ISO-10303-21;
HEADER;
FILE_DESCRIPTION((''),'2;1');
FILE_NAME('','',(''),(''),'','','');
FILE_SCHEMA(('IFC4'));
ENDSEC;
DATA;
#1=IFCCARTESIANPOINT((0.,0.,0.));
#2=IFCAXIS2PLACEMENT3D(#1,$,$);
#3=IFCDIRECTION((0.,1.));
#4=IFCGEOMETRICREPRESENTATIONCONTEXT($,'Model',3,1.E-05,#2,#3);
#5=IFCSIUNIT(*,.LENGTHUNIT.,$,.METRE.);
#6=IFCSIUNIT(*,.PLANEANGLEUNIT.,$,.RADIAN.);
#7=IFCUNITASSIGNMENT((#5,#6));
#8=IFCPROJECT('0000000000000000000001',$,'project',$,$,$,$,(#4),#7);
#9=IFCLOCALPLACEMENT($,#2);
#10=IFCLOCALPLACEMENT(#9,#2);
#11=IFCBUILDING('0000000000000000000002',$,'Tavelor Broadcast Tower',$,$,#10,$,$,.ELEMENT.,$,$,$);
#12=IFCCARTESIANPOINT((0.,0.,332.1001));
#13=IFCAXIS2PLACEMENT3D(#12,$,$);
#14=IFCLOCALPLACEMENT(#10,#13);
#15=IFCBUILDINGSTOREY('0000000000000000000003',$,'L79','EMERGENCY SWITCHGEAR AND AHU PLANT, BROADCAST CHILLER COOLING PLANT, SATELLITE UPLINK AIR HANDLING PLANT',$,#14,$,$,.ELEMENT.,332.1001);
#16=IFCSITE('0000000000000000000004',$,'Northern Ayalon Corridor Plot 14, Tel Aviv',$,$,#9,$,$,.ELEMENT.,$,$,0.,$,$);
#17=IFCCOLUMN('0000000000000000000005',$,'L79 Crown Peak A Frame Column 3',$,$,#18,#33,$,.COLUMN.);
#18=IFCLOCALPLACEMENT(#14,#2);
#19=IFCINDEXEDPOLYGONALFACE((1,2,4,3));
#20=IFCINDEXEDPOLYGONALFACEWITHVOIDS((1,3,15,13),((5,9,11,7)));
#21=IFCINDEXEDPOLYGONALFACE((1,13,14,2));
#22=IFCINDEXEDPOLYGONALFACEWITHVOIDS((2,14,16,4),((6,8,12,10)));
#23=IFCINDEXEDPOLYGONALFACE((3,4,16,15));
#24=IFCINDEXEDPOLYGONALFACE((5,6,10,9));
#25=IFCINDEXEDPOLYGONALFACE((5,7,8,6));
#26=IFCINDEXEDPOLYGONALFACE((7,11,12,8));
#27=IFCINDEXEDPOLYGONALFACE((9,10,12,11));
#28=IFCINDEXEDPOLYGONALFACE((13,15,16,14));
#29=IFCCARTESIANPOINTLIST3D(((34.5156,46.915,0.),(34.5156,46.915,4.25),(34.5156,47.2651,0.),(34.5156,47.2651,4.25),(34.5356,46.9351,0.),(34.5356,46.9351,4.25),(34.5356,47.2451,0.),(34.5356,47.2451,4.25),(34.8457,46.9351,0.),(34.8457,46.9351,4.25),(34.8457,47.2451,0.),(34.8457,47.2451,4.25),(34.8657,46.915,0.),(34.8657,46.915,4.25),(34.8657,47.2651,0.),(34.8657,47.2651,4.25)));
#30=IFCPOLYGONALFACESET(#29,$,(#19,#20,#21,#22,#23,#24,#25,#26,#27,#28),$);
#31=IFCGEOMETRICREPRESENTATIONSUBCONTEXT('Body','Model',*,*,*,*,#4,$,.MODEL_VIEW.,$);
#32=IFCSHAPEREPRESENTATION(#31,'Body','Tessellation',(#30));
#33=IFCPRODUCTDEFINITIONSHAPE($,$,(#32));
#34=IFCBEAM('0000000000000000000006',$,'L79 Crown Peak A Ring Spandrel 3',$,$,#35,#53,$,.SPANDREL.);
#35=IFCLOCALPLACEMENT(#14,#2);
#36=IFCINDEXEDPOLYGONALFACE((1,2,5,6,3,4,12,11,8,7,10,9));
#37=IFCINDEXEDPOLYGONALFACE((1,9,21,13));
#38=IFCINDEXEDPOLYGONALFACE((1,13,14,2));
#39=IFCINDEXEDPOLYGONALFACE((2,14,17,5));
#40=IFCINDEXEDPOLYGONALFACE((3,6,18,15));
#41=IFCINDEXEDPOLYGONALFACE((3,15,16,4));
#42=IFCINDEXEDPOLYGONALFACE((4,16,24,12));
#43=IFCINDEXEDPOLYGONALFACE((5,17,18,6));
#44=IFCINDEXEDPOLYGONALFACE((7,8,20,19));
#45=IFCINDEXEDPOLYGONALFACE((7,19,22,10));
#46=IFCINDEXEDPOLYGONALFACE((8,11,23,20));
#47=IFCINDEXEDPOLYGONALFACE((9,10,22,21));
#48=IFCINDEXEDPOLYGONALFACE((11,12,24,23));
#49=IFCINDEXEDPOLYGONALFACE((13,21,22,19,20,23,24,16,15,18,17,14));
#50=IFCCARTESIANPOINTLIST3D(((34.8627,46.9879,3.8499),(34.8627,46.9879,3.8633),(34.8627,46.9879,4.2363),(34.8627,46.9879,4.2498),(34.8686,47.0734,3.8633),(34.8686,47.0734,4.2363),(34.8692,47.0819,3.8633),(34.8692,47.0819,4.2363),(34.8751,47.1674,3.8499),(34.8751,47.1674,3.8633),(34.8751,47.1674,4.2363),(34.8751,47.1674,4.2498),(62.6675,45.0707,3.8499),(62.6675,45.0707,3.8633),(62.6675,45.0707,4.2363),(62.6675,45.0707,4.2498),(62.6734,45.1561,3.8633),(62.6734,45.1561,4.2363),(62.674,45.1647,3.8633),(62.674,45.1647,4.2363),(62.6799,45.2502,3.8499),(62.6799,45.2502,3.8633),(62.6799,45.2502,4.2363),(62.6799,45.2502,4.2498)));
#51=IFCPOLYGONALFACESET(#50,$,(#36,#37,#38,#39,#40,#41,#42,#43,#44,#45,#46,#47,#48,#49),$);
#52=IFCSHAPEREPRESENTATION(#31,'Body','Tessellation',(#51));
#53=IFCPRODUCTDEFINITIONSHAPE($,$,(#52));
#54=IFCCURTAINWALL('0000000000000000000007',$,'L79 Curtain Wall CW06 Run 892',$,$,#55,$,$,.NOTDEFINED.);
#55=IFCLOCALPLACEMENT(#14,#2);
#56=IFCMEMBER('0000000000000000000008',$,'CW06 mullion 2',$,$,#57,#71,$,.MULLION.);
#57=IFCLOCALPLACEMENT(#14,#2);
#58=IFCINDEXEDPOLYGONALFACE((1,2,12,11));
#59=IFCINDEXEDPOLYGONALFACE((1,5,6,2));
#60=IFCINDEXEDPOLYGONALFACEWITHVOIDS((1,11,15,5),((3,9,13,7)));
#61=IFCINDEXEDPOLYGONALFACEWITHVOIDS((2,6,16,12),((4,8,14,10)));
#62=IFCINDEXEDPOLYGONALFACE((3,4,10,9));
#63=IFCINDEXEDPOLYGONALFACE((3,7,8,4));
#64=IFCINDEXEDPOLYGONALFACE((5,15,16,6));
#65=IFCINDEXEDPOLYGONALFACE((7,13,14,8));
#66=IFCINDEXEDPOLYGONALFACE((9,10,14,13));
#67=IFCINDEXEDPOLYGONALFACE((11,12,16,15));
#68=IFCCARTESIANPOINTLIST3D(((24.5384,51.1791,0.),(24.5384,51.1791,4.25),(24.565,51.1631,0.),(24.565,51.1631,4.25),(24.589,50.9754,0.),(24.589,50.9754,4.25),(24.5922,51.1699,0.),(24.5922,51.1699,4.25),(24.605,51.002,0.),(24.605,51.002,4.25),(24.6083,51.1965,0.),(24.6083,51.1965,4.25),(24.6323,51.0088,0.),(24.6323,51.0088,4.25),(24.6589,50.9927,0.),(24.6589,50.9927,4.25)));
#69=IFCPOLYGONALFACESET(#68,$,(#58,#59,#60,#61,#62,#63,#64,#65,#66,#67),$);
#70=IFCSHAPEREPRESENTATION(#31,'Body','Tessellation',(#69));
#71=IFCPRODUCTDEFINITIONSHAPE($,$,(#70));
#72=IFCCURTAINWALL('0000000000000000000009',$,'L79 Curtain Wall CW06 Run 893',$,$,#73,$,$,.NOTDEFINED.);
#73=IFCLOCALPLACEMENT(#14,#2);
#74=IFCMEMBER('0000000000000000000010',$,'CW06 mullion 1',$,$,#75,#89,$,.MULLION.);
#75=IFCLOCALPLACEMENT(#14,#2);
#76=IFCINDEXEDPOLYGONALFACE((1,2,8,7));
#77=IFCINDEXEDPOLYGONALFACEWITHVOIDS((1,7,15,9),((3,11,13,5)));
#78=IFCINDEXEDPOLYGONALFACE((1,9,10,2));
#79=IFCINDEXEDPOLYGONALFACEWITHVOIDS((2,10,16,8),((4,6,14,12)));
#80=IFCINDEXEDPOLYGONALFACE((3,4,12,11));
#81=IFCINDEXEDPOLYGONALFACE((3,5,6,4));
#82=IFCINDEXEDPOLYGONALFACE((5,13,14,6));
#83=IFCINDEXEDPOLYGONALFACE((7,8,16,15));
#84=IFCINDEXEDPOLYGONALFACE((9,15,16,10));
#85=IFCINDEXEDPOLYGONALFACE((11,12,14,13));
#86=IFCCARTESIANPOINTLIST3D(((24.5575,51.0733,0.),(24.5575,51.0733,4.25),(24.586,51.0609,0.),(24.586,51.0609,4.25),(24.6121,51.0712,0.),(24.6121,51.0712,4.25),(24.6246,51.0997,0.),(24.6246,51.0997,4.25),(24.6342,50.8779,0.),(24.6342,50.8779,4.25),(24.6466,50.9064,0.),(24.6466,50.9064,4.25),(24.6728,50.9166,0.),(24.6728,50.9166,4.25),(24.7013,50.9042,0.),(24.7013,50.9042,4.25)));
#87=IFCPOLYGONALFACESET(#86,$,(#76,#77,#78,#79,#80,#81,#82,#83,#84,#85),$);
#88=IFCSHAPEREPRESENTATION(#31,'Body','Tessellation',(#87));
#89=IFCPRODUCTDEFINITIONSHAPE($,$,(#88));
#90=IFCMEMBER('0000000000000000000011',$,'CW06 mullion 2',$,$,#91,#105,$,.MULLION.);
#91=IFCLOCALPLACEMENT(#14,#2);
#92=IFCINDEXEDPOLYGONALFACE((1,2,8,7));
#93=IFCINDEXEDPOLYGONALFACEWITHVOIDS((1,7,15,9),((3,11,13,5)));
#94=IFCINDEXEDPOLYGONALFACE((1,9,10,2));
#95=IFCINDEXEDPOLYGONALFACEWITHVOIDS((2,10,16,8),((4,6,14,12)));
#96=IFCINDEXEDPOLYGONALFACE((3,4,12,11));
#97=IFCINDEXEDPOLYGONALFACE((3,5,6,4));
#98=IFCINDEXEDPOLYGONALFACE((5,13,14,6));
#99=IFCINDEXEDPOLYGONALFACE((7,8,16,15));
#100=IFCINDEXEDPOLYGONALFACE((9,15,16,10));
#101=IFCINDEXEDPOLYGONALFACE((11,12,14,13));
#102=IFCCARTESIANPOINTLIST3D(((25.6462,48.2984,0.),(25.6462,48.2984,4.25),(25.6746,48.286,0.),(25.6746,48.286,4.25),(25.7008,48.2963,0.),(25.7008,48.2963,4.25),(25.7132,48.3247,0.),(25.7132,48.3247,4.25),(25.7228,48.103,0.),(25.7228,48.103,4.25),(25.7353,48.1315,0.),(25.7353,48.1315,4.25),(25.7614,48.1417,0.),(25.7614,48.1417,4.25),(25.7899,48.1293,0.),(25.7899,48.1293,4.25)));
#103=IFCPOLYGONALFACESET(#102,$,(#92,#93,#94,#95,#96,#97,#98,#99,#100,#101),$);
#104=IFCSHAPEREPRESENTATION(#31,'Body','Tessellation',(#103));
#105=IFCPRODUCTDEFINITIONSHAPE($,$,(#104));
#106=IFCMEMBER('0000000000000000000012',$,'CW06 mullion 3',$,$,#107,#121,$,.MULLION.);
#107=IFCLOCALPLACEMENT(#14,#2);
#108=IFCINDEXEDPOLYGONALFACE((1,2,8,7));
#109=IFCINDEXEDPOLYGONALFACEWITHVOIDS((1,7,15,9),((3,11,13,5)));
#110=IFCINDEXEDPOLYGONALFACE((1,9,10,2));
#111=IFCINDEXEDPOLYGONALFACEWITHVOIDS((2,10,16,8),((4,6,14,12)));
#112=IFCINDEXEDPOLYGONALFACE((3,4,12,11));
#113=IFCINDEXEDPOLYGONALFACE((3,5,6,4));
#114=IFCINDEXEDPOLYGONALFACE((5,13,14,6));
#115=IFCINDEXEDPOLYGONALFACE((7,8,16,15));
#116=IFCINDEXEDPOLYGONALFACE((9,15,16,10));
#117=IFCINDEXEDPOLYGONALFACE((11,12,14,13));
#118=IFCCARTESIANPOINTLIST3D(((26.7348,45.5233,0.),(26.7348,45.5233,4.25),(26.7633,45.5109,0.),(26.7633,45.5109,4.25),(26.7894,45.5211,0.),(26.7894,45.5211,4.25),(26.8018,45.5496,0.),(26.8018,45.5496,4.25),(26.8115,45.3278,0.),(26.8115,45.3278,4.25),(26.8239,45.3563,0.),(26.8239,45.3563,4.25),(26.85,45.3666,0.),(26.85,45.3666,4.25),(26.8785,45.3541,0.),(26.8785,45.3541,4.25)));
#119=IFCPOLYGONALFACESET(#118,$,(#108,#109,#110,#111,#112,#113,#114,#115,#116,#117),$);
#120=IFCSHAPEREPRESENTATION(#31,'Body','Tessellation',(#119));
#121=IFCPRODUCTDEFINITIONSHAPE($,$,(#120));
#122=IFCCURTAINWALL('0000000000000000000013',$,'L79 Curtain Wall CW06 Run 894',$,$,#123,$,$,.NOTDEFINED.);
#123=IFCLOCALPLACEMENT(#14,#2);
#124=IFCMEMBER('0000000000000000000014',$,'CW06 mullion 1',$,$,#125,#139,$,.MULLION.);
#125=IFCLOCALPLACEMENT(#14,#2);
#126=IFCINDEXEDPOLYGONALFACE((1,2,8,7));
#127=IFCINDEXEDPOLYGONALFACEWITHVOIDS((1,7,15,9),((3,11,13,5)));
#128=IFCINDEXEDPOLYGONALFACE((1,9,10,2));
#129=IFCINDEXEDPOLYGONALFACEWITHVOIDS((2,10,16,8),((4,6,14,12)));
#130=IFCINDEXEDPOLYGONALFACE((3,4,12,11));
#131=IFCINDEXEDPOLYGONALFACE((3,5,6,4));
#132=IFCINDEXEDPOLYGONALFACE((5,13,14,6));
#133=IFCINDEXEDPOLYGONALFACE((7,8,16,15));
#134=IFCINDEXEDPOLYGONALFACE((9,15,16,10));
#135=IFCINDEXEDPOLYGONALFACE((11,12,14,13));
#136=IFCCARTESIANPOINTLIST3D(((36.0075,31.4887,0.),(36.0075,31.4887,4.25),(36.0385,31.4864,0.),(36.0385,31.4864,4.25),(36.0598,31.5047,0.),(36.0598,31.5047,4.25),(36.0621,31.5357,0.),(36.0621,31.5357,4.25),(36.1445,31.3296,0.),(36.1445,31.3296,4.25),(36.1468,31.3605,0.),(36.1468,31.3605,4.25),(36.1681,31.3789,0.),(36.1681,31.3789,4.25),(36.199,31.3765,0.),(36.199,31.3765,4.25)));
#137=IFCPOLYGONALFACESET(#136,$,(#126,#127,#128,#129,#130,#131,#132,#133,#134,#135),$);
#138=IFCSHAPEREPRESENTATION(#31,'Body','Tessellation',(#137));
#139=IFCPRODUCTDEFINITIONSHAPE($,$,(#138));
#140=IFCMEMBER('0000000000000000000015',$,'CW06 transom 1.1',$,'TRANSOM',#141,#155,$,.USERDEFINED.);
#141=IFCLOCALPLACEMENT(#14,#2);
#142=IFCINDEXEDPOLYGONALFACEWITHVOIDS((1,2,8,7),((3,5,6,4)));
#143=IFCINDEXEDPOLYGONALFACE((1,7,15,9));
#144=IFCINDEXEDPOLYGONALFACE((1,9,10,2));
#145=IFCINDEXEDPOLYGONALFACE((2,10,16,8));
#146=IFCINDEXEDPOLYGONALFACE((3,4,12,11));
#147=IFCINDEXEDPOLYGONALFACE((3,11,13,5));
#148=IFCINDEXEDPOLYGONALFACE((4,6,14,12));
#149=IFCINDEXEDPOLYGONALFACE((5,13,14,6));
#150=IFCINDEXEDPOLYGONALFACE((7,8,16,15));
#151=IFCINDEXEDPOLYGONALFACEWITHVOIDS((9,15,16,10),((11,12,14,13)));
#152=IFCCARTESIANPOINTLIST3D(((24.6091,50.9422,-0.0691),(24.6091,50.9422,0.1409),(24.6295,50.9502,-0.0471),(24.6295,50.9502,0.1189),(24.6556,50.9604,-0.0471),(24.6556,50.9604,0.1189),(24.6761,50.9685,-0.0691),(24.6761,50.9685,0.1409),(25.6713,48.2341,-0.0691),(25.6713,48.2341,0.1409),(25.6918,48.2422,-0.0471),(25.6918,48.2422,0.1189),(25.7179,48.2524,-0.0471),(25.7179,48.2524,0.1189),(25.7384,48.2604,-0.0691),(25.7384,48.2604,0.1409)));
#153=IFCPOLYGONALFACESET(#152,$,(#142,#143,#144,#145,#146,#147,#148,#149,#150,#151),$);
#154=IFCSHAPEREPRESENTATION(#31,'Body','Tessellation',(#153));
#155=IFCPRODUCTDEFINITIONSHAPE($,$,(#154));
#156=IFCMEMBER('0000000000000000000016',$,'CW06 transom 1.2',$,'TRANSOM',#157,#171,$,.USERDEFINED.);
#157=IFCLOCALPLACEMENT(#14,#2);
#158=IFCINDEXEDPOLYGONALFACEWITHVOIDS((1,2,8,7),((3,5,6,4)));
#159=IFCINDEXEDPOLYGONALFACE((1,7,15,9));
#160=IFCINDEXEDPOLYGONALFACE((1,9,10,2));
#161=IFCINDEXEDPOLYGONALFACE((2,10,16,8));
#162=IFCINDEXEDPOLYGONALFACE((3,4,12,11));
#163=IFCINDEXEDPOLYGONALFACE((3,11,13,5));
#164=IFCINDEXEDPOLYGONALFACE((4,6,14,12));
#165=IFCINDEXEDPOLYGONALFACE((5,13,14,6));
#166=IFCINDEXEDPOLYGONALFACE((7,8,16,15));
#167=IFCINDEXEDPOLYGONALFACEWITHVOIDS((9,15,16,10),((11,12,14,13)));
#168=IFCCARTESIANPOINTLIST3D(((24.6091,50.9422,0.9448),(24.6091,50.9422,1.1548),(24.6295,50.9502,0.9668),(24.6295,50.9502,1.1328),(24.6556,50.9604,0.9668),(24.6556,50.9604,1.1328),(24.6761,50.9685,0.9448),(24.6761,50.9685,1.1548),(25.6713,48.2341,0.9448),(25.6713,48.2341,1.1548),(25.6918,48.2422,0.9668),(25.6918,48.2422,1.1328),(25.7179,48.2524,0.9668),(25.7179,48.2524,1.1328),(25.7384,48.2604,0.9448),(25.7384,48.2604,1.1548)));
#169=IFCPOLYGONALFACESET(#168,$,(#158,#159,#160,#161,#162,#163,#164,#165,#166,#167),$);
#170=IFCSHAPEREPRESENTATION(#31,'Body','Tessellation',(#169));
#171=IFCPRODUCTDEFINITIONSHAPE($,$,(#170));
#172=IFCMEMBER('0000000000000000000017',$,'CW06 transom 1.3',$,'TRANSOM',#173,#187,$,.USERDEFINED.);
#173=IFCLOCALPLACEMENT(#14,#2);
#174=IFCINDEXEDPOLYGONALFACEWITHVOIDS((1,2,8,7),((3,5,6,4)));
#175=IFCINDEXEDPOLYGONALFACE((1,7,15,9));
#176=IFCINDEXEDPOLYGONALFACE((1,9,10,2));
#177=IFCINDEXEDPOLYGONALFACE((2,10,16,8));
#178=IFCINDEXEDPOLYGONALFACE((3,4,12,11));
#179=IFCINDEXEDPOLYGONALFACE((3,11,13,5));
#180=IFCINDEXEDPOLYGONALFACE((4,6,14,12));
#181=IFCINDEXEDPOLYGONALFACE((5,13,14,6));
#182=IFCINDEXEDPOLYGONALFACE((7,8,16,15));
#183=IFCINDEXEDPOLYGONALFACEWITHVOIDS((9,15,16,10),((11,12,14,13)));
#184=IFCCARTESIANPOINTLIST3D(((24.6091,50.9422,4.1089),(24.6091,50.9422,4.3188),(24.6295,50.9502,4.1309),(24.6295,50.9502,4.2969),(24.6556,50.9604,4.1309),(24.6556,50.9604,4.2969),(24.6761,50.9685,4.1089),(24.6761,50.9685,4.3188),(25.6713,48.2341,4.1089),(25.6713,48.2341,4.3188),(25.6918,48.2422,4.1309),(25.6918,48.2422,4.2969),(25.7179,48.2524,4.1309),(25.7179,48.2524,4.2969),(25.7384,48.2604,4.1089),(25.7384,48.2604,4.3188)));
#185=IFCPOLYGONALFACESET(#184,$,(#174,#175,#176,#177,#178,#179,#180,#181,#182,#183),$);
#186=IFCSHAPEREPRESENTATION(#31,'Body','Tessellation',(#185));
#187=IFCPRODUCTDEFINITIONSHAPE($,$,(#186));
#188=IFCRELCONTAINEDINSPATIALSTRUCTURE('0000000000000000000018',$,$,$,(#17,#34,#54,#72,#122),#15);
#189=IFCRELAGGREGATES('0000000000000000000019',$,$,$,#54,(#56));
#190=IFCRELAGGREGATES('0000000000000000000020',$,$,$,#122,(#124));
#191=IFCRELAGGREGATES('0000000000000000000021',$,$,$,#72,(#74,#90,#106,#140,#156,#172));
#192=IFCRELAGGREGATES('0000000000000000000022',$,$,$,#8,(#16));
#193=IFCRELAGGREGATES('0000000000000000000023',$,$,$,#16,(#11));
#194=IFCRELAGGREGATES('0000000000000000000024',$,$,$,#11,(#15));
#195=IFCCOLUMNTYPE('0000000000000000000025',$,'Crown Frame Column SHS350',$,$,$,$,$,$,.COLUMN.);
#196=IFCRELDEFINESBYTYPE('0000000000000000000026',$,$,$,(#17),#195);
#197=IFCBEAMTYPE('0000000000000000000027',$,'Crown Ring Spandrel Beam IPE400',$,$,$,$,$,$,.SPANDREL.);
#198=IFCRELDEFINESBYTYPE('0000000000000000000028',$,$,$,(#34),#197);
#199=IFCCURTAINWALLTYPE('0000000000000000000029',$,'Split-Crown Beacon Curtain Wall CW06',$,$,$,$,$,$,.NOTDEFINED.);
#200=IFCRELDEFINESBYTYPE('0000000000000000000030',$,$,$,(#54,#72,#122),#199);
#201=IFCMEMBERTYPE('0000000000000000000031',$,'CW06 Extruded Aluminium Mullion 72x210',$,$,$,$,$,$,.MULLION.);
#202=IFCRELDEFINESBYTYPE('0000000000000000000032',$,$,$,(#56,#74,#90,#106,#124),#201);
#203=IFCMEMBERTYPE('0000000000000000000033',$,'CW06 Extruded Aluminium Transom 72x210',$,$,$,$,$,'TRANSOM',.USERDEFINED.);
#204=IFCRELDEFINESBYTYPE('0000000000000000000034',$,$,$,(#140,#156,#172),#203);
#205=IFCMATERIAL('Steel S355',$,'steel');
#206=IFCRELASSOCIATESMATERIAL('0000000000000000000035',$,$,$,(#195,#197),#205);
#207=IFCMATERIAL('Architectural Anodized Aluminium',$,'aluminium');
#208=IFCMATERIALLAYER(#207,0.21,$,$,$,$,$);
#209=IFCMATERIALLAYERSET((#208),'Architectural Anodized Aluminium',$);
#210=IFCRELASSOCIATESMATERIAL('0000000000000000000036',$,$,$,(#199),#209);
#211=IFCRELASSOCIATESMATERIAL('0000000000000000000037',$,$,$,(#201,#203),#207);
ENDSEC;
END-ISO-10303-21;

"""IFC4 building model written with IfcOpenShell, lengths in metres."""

from ifc_helpers import new_model, si_unit, direction, frame, origin, origin_2d, place, context, subcontext, project, spatial, hollow_rectangle, i_section, extrude, source, transform, mapped, material, layer, layer_set, material_profile, profile_set, type_object, type_shapes, element, aggregate, save


model = new_model("IFC4")

# Units and contexts
model_context = context("Model", 3, precision=1e-05, world=origin(), true_north=direction((0.0, 1.0)))
body_context = subcontext(model_context, "Body", "Model", "MODEL_VIEW")
ifc_project = project(units=[si_unit("LENGTHUNIT", "METRE"), si_unit("PLANEANGLEUNIT", "RADIAN")], contexts=[model_context])

# Site, building, storey
site_placement = place(None, origin())
site = spatial("IfcSite", under=ifc_project, at=site_placement, Name="Northern Ayalon Corridor Plot 14, Tel Aviv", CompositionType="ELEMENT", RefElevation=0.0)
building_placement = place(site_placement, origin())
building = spatial("IfcBuilding", under=site, at=building_placement, Name="Tavelor Broadcast Tower", CompositionType="ELEMENT")
storey_placement = place(building_placement, frame((0.0, 0.0, 332.1001)))
storey = spatial("IfcBuildingStorey", under=building, at=storey_placement, Name="L79", Description="EMERGENCY SWITCHGEAR AND AHU PLANT, BROADCAST CHILLER COOLING PLANT, SATELLITE UPLINK AIR HANDLING PLANT", CompositionType="ELEMENT", Elevation=332.1001)

# Column
ifc_material_1 = material(Name="Steel S355", Category="steel")
ifc_material_profile_1 = material_profile(ifc_material_1, hollow_rectangle(XDim=0.3501, YDim=0.3501, WallThickness=0.02, at=origin_2d()), Name="SHS 350x350x20")
ifc_profile_set_1 = profile_set([ifc_material_profile_1], Name="Steel S355")
column_type = type_object("IfcColumnType", Name="Crown Frame Column SHS350", PredefinedType="COLUMN", material=ifc_profile_set_1)
column_placement = place(storey_placement, frame((34.6907, 47.0901, 0.0), z_axis=(0.0, 0.0, 1.0), x_axis=(1.0, 0.0, 0.0)))
element("IfcColumn", 1, at=column_placement, inside=storey, type_object=column_type, Name="L79 Crown Peak A Frame Column 3", PredefinedType="COLUMN", context=body_context, shape_type="SweptSolid", body=[
    extrude(hollow_rectangle(XDim=0.3501, YDim=0.3501, WallThickness=0.02, at=origin_2d()), origin(), (0.0, 0.0, 1.0), 4.25),
])

# Beam
ifc_material_profile_2 = material_profile(ifc_material_1, i_section(OverallWidth=0.1799, OverallDepth=0.3999, WebThickness=0.0085, FlangeThickness=0.0134, at=origin_2d()), Name="IPE 400")
ifc_profile_set_2 = profile_set([ifc_material_profile_2], Name="Steel S355")
beam_type = type_object("IfcBeamType", Name="Crown Ring Spandrel Beam IPE400", PredefinedType="SPANDREL", material=ifc_profile_set_2)
beam_placement = place(storey_placement, frame((34.8689, 47.0776, 4.0498), z_axis=(0.997631, -0.06879, 0.0), x_axis=(0.06879, 0.997631, 0.0)))
element("IfcBeam", 2, at=beam_placement, inside=storey, type_object=beam_type, Name="L79 Crown Peak A Ring Spandrel 3", PredefinedType="SPANDREL", context=body_context, shape_type="SweptSolid", body=[
    extrude(i_section(OverallWidth=0.1799, OverallDepth=0.3999, WebThickness=0.0085, FlangeThickness=0.0134, at=origin_2d()), origin(), (0.0, 0.0, 1.0), 27.8708),
])

# Curtain wall, member
ifc_material_2 = material(Name="Architectural Anodized Aluminium", Category="aluminium")
ifc_layer_1 = layer(ifc_material_2, 0.21)
ifc_layer_set_1 = layer_set([ifc_layer_1], Name="Architectural Anodized Aluminium")
curtain_wall_type = type_object("IfcCurtainWallType", Name="Split-Crown Beacon Curtain Wall CW06", PredefinedType="NOTDEFINED", material=ifc_layer_set_1)
curtain_wall_1_placement = place(storey_placement, origin())
curtain_wall_1 = element("IfcCurtainWall", 3, at=curtain_wall_1_placement, inside=storey, type_object=curtain_wall_type, Name="L79 Curtain Wall CW06 Run 892", PredefinedType="NOTDEFINED")
ifc_material_profile_3 = material_profile(ifc_material_2, hollow_rectangle(XDim=0.072, YDim=0.21, WallThickness=0.022, at=origin_2d()), Name="RHS 72x210x22")
ifc_profile_set_3 = profile_set([ifc_material_profile_3], Name="Architectural Anodized Aluminium")
member_type_1 = type_object("IfcMemberType", Name="CW06 Extruded Aluminium Mullion 72x210", PredefinedType="MULLION", material=ifc_profile_set_3)
shared_shape_1 = source(origin(), body_context, "Body", "SweptSolid", [
    extrude(hollow_rectangle(XDim=0.072, YDim=0.21, WallThickness=0.022, at=origin_2d()), origin(), (0.0, 0.0, 1.0), 4.25),
])
type_shapes(member_type_1, [shared_shape_1])
member_1_placement = place(storey_placement, frame((24.5986, 51.0859, 0.0), z_axis=(0.0, 0.0, 1.0), x_axis=(0.97051, 0.24106, 0.0)))
member_1 = element("IfcMember", 4, at=member_1_placement, type_object=member_type_1, Name="CW06 mullion 2", PredefinedType="MULLION", context=body_context, shape_type="MappedRepresentation", body=[
    mapped(shared_shape_1, transform((0.0, 0.0, 0.0), scale=1.0)),
])
aggregate(curtain_wall_1, [member_1])

# Curtain wall, members
curtain_wall_2_placement = place(storey_placement, origin())
curtain_wall_2 = element("IfcCurtainWall", 5, at=curtain_wall_2_placement, inside=storey, type_object=curtain_wall_type, Name="L79 Curtain Wall CW06 Run 893", PredefinedType="NOTDEFINED")
member_2_placement = place(storey_placement, frame((24.6294, 50.9888, 0.0), z_axis=(0.0, 0.0, 1.0), x_axis=(0.930929, 0.365199, 0.0)))
member_2 = element("IfcMember", 6, at=member_2_placement, type_object=member_type_1, Name="CW06 mullion 1", PredefinedType="MULLION", context=body_context, shape_type="MappedRepresentation", body=[
    mapped(shared_shape_1, transform((0.0, 0.0, 0.0), scale=1.0)),
])
member_3_placement = place(storey_placement, frame((25.718, 48.2139, 0.0), z_axis=(0.0, 0.0, 1.0), x_axis=(0.930929, 0.365199, 0.0)))
member_3 = element("IfcMember", 7, at=member_3_placement, type_object=member_type_1, Name="CW06 mullion 2", PredefinedType="MULLION", context=body_context, shape_type="MappedRepresentation", body=[
    mapped(shared_shape_1, transform((0.0, 0.0, 0.0), scale=1.0)),
])
member_4_placement = place(storey_placement, frame((26.8066, 45.4387, 0.0), z_axis=(0.0, 0.0, 1.0), x_axis=(0.930929, 0.365199, 0.0)))
member_4 = element("IfcMember", 8, at=member_4_placement, type_object=member_type_1, Name="CW06 mullion 3", PredefinedType="MULLION", context=body_context, shape_type="MappedRepresentation", body=[
    mapped(shared_shape_1, transform((0.0, 0.0, 0.0), scale=1.0)),
])

# Curtain wall, member
curtain_wall_3_placement = place(storey_placement, origin())
curtain_wall_3 = element("IfcCurtainWall", 9, at=curtain_wall_3_placement, inside=storey, type_object=curtain_wall_type, Name="L79 Curtain Wall CW06 Run 894", PredefinedType="NOTDEFINED")
member_5_placement = place(storey_placement, frame((36.1033, 31.4326, 0.0), z_axis=(0.0, 0.0, 1.0), x_axis=(0.757932, 0.652333, 0.0)))
member_5 = element("IfcMember", 10, at=member_5_placement, type_object=member_type_1, Name="CW06 mullion 1", PredefinedType="MULLION", context=body_context, shape_type="MappedRepresentation", body=[
    mapped(shared_shape_1, transform((0.0, 0.0, 0.0), scale=1.0)),
])
aggregate(curtain_wall_3, [member_5])

# Members
ifc_material_profile_4 = material_profile(ifc_material_2, hollow_rectangle(XDim=0.072, YDim=0.21, WallThickness=0.022, at=origin_2d()), Name="RHS 72x210x22")
ifc_profile_set_4 = profile_set([ifc_material_profile_4], Name="Architectural Anodized Aluminium")
member_type_2 = type_object("IfcMemberType", Name="CW06 Extruded Aluminium Transom 72x210", ElementType="TRANSOM", PredefinedType="USERDEFINED", material=ifc_profile_set_4)
shared_shape_2 = source(origin(), body_context, "Body", "SweptSolid", [
    extrude(hollow_rectangle(XDim=0.072, YDim=0.21, WallThickness=0.022, at=origin_2d()), origin(), (0.0, 0.0, 1.0), 2.9089),
])
type_shapes(member_type_2, [shared_shape_2])
member_6_placement = place(storey_placement, frame((24.6426, 50.9553, 0.0359), z_axis=(0.365175, -0.930939, 0.0), x_axis=(0.930939, 0.365175, 0.0)))
member_6 = element("IfcMember", 11, at=member_6_placement, type_object=member_type_2, Name="CW06 transom 1.1", ObjectType="TRANSOM", PredefinedType="USERDEFINED", context=body_context, shape_type="MappedRepresentation", body=[
    mapped(shared_shape_2, transform((0.0, 0.0, 0.0), scale=1.0)),
])
member_7_placement = place(storey_placement, frame((24.6426, 50.9553, 1.0498), z_axis=(0.365175, -0.930939, 0.0), x_axis=(0.930939, 0.365175, 0.0)))
member_7 = element("IfcMember", 12, at=member_7_placement, type_object=member_type_2, Name="CW06 transom 1.2", ObjectType="TRANSOM", PredefinedType="USERDEFINED", context=body_context, shape_type="MappedRepresentation", body=[
    mapped(shared_shape_2, transform((0.0, 0.0, 0.0), scale=1.0)),
])
member_8_placement = place(storey_placement, frame((24.6426, 50.9553, 4.2139), z_axis=(0.365175, -0.930939, 0.0), x_axis=(0.930939, 0.365175, 0.0)))
member_8 = element("IfcMember", 13, at=member_8_placement, type_object=member_type_2, Name="CW06 transom 1.3", ObjectType="TRANSOM", PredefinedType="USERDEFINED", context=body_context, shape_type="MappedRepresentation", body=[
    mapped(shared_shape_2, transform((0.0, 0.0, 0.0), scale=1.0)),
])

aggregate(curtain_wall_2, [member_2, member_3, member_4, member_6, member_7, member_8])

save(model, "model.ifc")
